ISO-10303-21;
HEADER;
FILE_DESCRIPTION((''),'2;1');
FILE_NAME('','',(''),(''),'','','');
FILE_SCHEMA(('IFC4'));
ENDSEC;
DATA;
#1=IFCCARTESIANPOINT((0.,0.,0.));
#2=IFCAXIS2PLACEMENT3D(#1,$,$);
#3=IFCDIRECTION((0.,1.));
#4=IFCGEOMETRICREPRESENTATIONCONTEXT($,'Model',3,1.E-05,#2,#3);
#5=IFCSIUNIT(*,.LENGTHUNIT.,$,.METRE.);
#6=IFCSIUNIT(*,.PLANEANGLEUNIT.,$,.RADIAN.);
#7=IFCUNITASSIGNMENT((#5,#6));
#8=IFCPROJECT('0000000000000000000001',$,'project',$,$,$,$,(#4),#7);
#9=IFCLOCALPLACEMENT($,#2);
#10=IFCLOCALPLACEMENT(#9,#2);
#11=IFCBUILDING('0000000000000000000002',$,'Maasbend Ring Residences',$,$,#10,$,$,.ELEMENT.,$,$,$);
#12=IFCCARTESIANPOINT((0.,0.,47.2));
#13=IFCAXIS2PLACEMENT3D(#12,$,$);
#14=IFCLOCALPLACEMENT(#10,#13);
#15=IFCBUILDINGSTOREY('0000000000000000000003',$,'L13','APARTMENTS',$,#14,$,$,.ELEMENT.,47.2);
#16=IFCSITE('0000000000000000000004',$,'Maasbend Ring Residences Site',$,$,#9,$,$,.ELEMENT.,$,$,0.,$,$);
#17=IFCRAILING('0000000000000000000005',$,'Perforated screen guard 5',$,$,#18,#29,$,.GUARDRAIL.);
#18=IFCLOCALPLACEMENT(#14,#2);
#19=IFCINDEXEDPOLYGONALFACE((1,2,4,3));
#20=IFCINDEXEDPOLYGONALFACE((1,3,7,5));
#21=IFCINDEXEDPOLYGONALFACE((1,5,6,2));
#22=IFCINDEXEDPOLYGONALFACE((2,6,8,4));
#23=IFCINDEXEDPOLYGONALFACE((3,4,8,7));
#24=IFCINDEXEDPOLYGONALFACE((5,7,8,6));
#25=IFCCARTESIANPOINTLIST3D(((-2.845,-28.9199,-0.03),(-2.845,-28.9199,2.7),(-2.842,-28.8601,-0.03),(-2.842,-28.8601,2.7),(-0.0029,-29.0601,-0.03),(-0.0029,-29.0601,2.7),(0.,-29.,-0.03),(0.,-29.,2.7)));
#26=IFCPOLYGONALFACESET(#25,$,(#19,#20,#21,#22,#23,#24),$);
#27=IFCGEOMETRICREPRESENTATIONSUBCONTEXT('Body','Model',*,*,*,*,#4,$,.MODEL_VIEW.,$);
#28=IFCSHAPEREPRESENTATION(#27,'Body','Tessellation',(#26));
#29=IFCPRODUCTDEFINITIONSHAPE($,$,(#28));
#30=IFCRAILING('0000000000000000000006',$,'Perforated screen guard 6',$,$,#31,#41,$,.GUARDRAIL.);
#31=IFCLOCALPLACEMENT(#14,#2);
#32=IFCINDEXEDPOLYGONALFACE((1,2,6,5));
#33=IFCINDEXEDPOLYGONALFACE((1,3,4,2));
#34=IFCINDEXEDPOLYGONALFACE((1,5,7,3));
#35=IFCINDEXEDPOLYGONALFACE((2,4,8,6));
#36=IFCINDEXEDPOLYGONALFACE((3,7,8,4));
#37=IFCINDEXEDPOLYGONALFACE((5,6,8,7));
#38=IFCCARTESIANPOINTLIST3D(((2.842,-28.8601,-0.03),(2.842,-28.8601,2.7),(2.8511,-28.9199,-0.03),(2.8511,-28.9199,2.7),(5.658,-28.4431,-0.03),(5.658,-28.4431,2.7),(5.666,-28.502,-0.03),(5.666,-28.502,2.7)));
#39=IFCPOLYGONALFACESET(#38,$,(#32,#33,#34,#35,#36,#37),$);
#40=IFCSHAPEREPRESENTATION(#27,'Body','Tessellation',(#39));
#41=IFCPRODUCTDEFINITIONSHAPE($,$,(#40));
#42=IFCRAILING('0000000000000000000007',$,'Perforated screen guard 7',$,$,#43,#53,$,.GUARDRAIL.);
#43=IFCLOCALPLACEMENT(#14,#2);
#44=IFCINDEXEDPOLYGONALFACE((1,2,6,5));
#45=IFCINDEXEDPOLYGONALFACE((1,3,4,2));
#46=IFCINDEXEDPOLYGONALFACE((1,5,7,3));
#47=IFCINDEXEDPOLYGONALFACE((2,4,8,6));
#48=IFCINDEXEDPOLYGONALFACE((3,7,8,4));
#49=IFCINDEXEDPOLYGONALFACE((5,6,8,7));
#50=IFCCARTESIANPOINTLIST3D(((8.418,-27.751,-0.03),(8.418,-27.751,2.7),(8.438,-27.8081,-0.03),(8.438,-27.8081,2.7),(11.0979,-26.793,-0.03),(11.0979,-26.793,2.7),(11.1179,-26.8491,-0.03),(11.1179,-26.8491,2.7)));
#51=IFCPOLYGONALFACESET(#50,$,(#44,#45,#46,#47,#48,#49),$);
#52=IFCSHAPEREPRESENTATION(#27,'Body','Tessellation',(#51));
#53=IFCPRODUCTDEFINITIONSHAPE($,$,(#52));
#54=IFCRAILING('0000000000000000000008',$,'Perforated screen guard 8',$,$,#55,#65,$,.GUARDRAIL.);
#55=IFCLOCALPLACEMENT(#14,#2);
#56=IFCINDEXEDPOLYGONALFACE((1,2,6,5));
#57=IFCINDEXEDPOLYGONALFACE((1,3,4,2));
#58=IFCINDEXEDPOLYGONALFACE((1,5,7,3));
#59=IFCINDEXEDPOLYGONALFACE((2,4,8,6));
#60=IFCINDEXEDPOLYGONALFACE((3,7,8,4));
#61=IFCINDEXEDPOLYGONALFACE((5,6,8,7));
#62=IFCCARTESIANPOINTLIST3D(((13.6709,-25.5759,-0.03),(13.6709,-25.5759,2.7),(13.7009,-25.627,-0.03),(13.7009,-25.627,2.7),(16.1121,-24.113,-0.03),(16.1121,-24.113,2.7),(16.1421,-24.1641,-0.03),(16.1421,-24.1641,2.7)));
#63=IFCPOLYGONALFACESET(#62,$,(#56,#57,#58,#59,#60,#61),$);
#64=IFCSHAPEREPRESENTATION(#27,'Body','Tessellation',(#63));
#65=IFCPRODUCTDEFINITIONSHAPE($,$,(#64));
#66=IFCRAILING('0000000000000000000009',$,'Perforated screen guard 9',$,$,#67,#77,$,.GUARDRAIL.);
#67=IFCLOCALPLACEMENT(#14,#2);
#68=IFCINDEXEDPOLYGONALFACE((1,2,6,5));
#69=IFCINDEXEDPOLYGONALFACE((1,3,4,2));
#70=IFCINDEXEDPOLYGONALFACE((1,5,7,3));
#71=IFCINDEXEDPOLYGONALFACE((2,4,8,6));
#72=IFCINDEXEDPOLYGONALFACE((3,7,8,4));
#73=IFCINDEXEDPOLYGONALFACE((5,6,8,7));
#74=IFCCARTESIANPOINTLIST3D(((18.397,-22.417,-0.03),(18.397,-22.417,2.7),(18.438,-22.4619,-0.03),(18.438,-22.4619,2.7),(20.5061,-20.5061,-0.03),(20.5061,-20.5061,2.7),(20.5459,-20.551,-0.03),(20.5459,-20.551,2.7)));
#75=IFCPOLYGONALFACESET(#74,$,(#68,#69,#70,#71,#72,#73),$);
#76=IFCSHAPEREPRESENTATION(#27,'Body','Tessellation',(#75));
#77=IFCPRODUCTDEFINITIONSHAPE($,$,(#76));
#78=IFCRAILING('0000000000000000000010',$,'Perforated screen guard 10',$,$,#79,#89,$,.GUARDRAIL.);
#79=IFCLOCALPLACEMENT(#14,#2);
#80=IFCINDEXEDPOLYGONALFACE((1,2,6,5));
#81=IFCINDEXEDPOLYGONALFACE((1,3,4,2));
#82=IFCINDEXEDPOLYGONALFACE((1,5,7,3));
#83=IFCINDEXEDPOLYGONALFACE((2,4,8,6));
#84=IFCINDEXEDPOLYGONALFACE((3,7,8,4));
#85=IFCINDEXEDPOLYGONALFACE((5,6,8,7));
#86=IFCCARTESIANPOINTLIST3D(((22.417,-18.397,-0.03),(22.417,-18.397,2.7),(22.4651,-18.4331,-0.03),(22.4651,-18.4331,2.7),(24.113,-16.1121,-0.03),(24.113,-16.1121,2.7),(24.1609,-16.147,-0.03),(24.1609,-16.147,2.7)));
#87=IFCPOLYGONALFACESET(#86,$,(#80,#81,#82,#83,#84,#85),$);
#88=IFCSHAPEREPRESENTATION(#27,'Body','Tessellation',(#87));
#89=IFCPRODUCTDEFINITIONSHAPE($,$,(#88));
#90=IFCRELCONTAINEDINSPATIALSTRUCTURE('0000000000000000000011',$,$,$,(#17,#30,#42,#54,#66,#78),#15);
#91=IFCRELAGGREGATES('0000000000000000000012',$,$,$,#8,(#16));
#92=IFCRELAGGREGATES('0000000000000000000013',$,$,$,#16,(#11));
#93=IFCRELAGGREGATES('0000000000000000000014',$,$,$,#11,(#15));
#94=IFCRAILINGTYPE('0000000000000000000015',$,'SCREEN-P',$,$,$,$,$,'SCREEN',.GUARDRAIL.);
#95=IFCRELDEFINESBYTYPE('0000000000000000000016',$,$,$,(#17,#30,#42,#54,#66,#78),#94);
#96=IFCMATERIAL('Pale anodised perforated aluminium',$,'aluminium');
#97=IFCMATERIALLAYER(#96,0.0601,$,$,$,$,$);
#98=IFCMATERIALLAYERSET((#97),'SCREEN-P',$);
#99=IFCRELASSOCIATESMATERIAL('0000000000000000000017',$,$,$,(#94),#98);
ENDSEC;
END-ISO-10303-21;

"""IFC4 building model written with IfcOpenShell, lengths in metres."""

from ifc_helpers import new_model, si_unit, direction, frame, origin, place, context, subcontext, project, spatial, polyline, outline, extrude, material, layer, layer_set, type_object, element, save


model = new_model("IFC4")

# Units and contexts
model_context = context("Model", 3, precision=1e-05, world=origin(), true_north=direction((0.0, 1.0)))
body_context = subcontext(model_context, "Body", "Model", "MODEL_VIEW")
ifc_project = project(units=[si_unit("LENGTHUNIT", "METRE"), si_unit("PLANEANGLEUNIT", "RADIAN")], contexts=[model_context])

# Site, building, storey
site_placement = place(None, origin())
site = spatial("IfcSite", under=ifc_project, at=site_placement, Name="Maasbend Ring Residences Site", CompositionType="ELEMENT", RefElevation=0.0)
building_placement = place(site_placement, origin())
building = spatial("IfcBuilding", under=site, at=building_placement, Name="Maasbend Ring Residences", CompositionType="ELEMENT")
storey_placement = place(building_placement, frame((0.0, 0.0, 47.2)))
storey = spatial("IfcBuildingStorey", under=building, at=storey_placement, Name="L13", Description="APARTMENTS", CompositionType="ELEMENT", Elevation=47.2)

# Railings
ifc_material_1 = material(Name="Pale anodised perforated aluminium", Category="aluminium")
ifc_layer_1 = layer(ifc_material_1, 0.0601)
ifc_layer_set_1 = layer_set([ifc_layer_1], Name="SCREEN-P")
railing_type = type_object("IfcRailingType", Name="SCREEN-P", ElementType="SCREEN", PredefinedType="GUARDRAIL", material=ifc_layer_set_1)
railing_1_placement = place(storey_placement, frame((0.0, 0.0, -0.03)))
element("IfcRailing", 1, at=railing_1_placement, inside=storey, type_object=railing_type, Name="Perforated screen guard 5", PredefinedType="GUARDRAIL", context=body_context, shape_type="SweptSolid", body=[
    extrude(outline(polyline([(-2.842, -28.8601), (0.0, -29.0), (-0.0029, -29.0601), (-2.845, -28.9199), (-2.842, -28.8601)])), origin(), (0.0, 0.0, 1.0), 2.73),
])
railing_2_placement = place(storey_placement, frame((0.0, 0.0, -0.03)))
element("IfcRailing", 2, at=railing_2_placement, inside=storey, type_object=railing_type, Name="Perforated screen guard 6", PredefinedType="GUARDRAIL", context=body_context, shape_type="SweptSolid", body=[
    extrude(outline(polyline([(2.842, -28.8601), (5.658, -28.4431), (5.666, -28.502), (2.8511, -28.9199), (2.842, -28.8601)])), origin(), (0.0, 0.0, 1.0), 2.73),
])
railing_3_placement = place(storey_placement, frame((0.0, 0.0, -0.03)))
element("IfcRailing", 3, at=railing_3_placement, inside=storey, type_object=railing_type, Name="Perforated screen guard 7", PredefinedType="GUARDRAIL", context=body_context, shape_type="SweptSolid", body=[
    extrude(outline(polyline([(8.418, -27.751), (11.0979, -26.793), (11.1179, -26.8491), (8.438, -27.8081), (8.418, -27.751)])), origin(), (0.0, 0.0, 1.0), 2.73),
])
railing_4_placement = place(storey_placement, frame((0.0, 0.0, -0.03)))
element("IfcRailing", 4, at=railing_4_placement, inside=storey, type_object=railing_type, Name="Perforated screen guard 8", PredefinedType="GUARDRAIL", context=body_context, shape_type="SweptSolid", body=[
    extrude(outline(polyline([(13.6709, -25.5759), (16.1121, -24.113), (16.1421, -24.1641), (13.7009, -25.627), (13.6709, -25.5759)])), origin(), (0.0, 0.0, 1.0), 2.73),
])
railing_5_placement = place(storey_placement, frame((0.0, 0.0, -0.03)))
element("IfcRailing", 5, at=railing_5_placement, inside=storey, type_object=railing_type, Name="Perforated screen guard 9", PredefinedType="GUARDRAIL", context=body_context, shape_type="SweptSolid", body=[
    extrude(outline(polyline([(18.397, -22.417), (20.5061, -20.5061), (20.5459, -20.551), (18.438, -22.4619), (18.397, -22.417)])), origin(), (0.0, 0.0, 1.0), 2.73),
])
railing_6_placement = place(storey_placement, frame((0.0, 0.0, -0.03)))
element("IfcRailing", 6, at=railing_6_placement, inside=storey, type_object=railing_type, Name="Perforated screen guard 10", PredefinedType="GUARDRAIL", context=body_context, shape_type="SweptSolid", body=[
    extrude(outline(polyline([(22.417, -18.397), (24.113, -16.1121), (24.1609, -16.147), (22.4651, -18.4331), (22.417, -18.397)])), origin(), (0.0, 0.0, 1.0), 2.73),
])

save(model, "model.ifc")
